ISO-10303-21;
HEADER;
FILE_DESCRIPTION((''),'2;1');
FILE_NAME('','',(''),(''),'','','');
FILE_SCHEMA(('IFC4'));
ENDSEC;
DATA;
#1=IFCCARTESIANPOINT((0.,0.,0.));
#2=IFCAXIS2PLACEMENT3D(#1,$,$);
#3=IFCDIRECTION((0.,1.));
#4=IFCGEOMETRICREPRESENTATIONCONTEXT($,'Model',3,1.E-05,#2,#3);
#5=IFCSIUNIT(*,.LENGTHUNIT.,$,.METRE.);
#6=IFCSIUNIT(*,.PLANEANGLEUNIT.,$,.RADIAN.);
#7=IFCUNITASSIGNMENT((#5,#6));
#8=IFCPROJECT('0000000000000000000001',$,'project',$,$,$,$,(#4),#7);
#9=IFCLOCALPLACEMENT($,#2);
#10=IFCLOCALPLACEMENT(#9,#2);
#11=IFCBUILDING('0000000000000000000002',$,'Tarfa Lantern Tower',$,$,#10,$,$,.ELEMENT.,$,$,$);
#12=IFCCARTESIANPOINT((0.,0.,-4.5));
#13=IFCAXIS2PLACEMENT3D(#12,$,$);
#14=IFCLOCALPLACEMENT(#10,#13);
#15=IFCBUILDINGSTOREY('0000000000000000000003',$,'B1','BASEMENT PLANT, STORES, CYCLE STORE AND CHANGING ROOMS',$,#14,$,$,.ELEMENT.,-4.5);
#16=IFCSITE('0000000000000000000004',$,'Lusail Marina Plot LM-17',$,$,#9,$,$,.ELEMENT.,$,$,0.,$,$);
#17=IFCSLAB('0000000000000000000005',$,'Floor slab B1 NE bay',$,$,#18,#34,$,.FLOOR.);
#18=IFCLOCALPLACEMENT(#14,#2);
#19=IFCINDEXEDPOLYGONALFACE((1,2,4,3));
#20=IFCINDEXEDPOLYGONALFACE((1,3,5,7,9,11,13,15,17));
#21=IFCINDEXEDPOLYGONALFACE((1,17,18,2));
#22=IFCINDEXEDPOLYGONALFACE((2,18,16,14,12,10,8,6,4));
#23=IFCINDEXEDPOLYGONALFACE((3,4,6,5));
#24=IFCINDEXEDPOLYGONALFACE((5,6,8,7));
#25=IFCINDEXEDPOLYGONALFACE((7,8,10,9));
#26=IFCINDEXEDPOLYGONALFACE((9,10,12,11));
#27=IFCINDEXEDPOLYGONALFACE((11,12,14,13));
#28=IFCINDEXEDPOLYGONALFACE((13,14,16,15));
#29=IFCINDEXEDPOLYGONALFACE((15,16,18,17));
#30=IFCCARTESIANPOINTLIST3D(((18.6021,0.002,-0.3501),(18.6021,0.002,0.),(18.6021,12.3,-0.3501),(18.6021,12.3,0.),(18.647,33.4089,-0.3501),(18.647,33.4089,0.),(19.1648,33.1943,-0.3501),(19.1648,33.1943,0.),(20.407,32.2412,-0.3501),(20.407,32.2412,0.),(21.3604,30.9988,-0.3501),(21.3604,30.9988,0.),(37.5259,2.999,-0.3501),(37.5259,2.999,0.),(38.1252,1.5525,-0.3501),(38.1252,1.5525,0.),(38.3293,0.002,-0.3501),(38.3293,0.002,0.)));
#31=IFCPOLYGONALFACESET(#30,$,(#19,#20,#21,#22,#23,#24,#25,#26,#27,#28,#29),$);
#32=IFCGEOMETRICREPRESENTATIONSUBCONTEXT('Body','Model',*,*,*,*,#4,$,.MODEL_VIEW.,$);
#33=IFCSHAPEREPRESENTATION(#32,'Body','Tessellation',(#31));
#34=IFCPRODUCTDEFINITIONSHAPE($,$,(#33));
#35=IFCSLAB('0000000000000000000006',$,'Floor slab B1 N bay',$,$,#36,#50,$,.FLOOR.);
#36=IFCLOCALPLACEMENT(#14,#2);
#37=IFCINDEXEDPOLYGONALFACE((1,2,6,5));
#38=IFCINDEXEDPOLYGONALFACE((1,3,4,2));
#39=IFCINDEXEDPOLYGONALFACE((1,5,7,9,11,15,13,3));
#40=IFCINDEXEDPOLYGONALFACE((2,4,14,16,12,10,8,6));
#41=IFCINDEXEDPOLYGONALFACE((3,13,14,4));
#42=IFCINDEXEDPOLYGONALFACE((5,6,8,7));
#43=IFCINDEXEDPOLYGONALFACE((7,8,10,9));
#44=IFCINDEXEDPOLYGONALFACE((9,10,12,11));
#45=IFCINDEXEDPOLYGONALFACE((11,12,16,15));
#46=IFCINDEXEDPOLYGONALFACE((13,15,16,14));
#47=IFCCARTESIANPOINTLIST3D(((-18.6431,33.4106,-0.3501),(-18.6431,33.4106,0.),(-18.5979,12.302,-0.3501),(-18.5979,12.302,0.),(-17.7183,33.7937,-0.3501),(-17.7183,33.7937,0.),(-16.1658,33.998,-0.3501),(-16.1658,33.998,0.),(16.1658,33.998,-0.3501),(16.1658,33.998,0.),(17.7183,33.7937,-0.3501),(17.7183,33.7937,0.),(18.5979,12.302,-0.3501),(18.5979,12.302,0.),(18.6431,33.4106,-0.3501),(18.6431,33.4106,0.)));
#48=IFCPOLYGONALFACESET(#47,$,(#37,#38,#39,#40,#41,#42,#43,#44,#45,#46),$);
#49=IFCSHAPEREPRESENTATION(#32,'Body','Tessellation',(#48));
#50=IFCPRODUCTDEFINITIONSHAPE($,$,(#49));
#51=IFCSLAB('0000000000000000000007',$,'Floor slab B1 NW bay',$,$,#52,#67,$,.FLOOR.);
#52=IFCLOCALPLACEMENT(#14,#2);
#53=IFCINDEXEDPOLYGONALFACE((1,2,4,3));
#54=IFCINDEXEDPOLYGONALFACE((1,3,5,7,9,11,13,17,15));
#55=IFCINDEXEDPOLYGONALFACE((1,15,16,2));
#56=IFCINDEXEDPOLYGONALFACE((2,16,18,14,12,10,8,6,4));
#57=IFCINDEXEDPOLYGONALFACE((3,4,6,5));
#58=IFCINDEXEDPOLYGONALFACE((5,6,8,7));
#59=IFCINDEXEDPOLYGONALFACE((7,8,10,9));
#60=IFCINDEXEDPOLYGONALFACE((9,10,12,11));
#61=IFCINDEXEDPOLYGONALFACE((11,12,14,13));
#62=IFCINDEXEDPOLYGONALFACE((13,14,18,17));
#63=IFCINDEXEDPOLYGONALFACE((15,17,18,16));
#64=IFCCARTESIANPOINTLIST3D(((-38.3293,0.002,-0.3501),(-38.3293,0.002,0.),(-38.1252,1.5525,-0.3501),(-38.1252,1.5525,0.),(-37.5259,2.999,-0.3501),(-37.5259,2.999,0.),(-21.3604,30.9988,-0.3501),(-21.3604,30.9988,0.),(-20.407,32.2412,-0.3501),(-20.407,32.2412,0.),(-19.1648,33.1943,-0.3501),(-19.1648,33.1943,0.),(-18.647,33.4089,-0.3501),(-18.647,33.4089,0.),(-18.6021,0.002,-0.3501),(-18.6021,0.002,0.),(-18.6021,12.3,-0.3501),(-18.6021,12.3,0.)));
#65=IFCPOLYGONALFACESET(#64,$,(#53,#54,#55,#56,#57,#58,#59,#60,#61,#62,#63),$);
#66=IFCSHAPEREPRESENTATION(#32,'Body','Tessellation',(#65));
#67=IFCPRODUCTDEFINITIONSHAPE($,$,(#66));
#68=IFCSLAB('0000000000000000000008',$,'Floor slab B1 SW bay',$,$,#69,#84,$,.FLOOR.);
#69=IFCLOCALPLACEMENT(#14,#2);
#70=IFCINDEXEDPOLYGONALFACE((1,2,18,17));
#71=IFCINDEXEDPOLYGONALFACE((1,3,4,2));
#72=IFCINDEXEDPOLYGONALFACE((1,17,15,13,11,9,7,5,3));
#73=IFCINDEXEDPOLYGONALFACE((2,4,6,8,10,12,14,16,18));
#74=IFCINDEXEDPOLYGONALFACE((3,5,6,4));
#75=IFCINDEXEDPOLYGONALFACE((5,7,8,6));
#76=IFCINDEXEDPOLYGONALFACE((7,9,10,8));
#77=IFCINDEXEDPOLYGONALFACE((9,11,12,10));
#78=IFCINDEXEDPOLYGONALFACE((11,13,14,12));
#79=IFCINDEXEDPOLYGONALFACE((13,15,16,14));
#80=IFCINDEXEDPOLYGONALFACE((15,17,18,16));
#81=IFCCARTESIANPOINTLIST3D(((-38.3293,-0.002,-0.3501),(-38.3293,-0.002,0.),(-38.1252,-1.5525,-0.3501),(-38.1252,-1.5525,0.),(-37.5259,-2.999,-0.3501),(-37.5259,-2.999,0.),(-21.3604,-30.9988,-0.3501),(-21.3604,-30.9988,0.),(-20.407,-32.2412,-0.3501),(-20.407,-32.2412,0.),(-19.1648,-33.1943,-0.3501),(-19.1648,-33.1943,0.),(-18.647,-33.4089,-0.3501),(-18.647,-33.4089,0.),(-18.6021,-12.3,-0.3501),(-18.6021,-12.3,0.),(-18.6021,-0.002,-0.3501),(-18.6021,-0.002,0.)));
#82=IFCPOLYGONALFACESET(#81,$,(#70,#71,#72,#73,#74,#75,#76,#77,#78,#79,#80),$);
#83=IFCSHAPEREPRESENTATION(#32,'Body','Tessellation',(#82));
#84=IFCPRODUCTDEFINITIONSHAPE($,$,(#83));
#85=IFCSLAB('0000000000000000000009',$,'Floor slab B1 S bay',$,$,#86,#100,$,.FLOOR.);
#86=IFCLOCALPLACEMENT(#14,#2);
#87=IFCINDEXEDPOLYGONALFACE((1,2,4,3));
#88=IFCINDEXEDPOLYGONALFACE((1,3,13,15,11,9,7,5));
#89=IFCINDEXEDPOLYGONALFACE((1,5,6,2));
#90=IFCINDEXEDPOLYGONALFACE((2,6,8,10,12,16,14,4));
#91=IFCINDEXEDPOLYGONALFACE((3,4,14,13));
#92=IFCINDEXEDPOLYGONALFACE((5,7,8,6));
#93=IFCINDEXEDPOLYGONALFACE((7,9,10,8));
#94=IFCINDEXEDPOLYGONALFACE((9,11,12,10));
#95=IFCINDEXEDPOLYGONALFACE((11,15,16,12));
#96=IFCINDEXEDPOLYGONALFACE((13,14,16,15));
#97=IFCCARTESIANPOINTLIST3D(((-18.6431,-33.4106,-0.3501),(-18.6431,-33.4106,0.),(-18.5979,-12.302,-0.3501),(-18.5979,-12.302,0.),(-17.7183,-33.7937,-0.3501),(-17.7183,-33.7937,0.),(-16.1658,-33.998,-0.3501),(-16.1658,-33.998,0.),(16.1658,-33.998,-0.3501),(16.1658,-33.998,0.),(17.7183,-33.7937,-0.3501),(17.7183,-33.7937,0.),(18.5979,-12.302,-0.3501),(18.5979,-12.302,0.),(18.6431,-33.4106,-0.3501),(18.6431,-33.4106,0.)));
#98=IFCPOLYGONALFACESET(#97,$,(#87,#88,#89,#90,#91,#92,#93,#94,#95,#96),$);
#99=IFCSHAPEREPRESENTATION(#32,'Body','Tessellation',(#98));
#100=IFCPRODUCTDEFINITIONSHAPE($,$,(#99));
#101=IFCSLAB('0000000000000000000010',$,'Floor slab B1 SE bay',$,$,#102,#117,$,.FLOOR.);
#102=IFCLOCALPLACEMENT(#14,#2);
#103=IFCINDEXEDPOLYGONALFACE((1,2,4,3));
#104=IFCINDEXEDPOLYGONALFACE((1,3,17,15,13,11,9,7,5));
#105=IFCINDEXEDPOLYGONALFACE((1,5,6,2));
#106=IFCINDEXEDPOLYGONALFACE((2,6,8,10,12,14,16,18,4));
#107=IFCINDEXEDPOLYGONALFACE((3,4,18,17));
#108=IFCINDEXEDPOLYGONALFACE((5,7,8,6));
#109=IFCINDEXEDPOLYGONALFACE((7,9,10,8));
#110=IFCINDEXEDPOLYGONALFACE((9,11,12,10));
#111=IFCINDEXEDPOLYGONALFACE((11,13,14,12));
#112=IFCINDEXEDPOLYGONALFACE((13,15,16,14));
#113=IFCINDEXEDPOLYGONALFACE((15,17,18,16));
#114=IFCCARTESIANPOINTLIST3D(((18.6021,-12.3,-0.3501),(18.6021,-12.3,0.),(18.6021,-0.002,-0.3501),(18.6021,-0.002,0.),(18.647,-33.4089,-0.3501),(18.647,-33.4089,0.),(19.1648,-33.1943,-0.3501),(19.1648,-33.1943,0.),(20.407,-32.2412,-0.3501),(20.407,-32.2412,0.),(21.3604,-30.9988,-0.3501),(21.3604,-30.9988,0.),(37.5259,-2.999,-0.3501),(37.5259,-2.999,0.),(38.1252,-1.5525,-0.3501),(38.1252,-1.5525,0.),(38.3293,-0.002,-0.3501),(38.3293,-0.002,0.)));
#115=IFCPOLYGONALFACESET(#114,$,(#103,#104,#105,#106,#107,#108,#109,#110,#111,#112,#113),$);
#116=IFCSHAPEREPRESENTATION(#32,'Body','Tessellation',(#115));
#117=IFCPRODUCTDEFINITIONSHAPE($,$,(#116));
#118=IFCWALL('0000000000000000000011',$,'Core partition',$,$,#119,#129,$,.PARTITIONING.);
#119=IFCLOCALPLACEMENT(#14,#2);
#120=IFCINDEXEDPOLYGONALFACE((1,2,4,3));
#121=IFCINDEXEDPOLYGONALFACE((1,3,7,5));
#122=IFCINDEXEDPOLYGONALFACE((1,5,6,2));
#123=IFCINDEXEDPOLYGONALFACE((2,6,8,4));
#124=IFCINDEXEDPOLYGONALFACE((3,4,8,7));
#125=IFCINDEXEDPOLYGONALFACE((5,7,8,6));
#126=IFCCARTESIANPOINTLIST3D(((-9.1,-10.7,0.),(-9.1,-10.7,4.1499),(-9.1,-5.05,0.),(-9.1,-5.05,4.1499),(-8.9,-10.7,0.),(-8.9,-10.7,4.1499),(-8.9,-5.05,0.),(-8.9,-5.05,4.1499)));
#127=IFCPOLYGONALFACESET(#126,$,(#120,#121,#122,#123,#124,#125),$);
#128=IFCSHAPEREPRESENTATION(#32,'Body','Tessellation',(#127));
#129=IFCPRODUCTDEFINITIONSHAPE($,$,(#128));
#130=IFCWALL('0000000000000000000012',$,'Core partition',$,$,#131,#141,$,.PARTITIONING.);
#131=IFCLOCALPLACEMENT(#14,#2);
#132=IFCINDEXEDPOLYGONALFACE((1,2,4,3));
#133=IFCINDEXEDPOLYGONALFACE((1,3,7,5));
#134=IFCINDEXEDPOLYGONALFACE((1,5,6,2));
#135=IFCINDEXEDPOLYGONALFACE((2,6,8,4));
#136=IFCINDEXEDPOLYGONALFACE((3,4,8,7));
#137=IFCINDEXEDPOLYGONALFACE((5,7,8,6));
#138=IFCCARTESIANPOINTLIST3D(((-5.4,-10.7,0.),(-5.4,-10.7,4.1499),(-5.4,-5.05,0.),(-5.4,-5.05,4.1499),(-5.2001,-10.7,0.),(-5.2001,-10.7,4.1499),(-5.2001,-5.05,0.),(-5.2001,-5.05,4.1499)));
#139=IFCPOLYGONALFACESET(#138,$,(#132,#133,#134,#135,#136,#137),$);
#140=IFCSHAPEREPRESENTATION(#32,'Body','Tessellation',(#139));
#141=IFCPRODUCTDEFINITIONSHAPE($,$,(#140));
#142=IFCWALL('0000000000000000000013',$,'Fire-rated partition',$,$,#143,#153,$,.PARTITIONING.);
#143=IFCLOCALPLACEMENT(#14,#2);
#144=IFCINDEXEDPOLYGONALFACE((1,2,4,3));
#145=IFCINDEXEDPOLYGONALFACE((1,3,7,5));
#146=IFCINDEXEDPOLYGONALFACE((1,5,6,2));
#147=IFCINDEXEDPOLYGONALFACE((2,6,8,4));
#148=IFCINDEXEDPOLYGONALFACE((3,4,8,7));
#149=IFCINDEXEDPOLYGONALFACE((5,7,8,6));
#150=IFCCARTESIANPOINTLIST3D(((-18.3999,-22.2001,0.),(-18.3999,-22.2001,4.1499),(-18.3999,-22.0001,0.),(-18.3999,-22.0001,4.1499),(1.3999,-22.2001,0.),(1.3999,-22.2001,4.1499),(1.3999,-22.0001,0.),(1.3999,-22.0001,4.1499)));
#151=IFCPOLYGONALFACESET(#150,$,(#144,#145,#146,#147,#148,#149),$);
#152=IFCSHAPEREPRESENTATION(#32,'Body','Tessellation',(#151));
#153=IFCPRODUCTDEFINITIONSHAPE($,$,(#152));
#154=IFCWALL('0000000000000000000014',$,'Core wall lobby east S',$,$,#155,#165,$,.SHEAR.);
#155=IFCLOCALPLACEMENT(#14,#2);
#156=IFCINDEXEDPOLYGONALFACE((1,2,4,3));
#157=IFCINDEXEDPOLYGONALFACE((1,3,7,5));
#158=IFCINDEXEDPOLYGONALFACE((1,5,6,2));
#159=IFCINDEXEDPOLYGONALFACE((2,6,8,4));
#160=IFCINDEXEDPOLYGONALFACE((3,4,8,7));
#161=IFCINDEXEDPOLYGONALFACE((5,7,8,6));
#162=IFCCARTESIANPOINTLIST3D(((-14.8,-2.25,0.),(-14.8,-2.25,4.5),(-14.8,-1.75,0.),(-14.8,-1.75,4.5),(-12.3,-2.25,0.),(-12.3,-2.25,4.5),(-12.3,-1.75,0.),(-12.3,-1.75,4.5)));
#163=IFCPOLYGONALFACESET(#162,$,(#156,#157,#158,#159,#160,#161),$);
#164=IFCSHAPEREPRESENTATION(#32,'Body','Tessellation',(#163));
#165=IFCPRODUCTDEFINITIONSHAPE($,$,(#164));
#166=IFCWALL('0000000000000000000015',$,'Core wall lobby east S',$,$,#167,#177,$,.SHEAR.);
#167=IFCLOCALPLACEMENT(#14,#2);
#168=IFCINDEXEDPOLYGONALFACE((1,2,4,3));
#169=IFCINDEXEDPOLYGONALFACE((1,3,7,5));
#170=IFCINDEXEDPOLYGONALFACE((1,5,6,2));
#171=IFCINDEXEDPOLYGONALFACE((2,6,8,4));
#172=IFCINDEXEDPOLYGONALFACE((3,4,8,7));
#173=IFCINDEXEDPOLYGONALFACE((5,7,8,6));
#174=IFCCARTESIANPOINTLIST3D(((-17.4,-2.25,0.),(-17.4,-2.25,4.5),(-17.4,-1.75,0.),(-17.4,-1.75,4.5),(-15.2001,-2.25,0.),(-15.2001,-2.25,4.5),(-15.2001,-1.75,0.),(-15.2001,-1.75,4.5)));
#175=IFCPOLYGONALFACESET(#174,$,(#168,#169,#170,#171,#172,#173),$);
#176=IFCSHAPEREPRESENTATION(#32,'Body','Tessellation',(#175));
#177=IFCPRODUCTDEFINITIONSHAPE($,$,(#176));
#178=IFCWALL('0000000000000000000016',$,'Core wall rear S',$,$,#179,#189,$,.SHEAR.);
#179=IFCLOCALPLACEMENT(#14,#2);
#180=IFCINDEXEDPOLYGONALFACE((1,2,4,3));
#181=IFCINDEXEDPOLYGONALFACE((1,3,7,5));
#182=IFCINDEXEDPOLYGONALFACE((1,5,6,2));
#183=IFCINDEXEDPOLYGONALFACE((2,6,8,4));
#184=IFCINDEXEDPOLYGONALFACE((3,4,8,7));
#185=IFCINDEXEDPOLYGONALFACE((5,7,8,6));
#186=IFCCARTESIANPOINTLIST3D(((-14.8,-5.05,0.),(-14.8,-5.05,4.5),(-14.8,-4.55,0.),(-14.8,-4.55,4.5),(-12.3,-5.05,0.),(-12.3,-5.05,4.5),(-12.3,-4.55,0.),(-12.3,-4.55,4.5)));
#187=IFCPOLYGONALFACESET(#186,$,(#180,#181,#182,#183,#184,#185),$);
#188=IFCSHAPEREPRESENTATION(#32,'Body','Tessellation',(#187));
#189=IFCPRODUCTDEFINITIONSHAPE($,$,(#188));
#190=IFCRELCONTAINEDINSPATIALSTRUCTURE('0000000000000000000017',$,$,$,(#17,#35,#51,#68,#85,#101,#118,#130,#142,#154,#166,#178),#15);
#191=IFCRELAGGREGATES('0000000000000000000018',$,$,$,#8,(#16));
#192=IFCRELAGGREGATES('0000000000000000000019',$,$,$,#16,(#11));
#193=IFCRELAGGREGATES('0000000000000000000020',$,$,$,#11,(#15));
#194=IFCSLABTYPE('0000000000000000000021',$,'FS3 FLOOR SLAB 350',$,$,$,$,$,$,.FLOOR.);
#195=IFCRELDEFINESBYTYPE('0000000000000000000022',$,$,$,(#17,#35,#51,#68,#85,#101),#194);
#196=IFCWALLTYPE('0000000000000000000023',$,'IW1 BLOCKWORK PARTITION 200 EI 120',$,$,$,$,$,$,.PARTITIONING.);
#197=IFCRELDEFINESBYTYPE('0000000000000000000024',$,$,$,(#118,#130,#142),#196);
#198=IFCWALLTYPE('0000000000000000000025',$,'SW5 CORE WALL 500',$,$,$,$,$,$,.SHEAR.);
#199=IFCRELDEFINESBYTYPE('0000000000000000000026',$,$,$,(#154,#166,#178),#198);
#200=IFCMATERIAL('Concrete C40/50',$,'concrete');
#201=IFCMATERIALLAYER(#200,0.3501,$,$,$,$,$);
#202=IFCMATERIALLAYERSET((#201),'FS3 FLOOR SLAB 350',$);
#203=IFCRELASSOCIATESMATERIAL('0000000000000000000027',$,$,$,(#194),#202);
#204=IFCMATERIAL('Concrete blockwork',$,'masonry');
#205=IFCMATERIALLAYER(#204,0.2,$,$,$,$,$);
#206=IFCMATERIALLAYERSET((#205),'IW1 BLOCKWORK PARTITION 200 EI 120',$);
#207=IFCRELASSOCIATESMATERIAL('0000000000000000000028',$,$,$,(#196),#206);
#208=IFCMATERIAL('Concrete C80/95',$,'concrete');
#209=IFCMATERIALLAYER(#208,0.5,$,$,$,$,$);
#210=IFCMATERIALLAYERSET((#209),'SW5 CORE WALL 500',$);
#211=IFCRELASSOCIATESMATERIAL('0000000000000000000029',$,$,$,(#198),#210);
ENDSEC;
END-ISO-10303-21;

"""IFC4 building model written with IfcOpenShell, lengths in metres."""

from ifc_helpers import new_model, si_unit, direction, frame, frame_2d, origin, place, context, subcontext, project, spatial, polyline, rectangle, outline, extrude, material, layer, layer_set, type_object, element, save


model = new_model("IFC4")

# Units and contexts
model_context = context("Model", 3, precision=1e-05, world=origin(), true_north=direction((0.0, 1.0)))
body_context = subcontext(model_context, "Body", "Model", "MODEL_VIEW")
ifc_project = project(units=[si_unit("LENGTHUNIT", "METRE"), si_unit("PLANEANGLEUNIT", "RADIAN")], contexts=[model_context])

# Site, building, storey
site_placement = place(None, origin())
site = spatial("IfcSite", under=ifc_project, at=site_placement, Name="Lusail Marina Plot LM-17", CompositionType="ELEMENT", RefElevation=0.0)
building_placement = place(site_placement, origin())
building = spatial("IfcBuilding", under=site, at=building_placement, Name="Tarfa Lantern Tower", CompositionType="ELEMENT")
storey_placement = place(building_placement, frame((0.0, 0.0, -4.5)))
storey = spatial("IfcBuildingStorey", under=building, at=storey_placement, Name="B1", Description="BASEMENT PLANT, STORES, CYCLE STORE AND CHANGING ROOMS", CompositionType="ELEMENT", Elevation=-4.5)

# Shared definitions
ifc_material_1 = material(Name="Concrete C80/95", Category="concrete")

# Slabs
ifc_material_2 = material(Name="Concrete C40/50", Category="concrete")
ifc_layer_1 = layer(ifc_material_2, 0.3501)
ifc_layer_set_1 = layer_set([ifc_layer_1], Name="FS3 FLOOR SLAB 350")
slab_type = type_object("IfcSlabType", Name="FS3 FLOOR SLAB 350", PredefinedType="FLOOR", material=ifc_layer_set_1)
slab_1_placement = place(storey_placement, frame((0.0, 0.0, -0.3501)))
element("IfcSlab", 1, at=slab_1_placement, inside=storey, type_object=slab_type, Name="Floor slab B1 NE bay", PredefinedType="FLOOR", context=body_context, shape_type="SweptSolid", body=[
    extrude(outline(polyline([(37.5259, 2.999), (21.3604, 30.9988), (20.407, 32.2412), (19.1648, 33.1943), (18.647, 33.4089), (18.6021, 12.3), (18.6021, 0.002), (38.3293, 0.002), (38.1252, 1.5525), (37.5259, 2.999)])), origin(), (0.0, 0.0, 1.0), 0.3501),
])
slab_2_placement = place(storey_placement, frame((0.0, 0.0, -0.3501)))
element("IfcSlab", 2, at=slab_2_placement, inside=storey, type_object=slab_type, Name="Floor slab B1 N bay", PredefinedType="FLOOR", context=body_context, shape_type="SweptSolid", body=[
    extrude(outline(polyline([(-18.5979, 12.302), (18.5979, 12.302), (18.6431, 33.4106), (17.7183, 33.7937), (16.1658, 33.998), (-16.1658, 33.998), (-17.7183, 33.7937), (-18.6431, 33.4106), (-18.5979, 12.302)])), origin(), (0.0, 0.0, 1.0), 0.3501),
])
slab_3_placement = place(storey_placement, frame((0.0, 0.0, -0.3501)))
element("IfcSlab", 3, at=slab_3_placement, inside=storey, type_object=slab_type, Name="Floor slab B1 NW bay", PredefinedType="FLOOR", context=body_context, shape_type="SweptSolid", body=[
    extrude(outline(polyline([(-18.6021, 0.002), (-18.6021, 12.3), (-18.647, 33.4089), (-19.1648, 33.1943), (-20.407, 32.2412), (-21.3604, 30.9988), (-37.5259, 2.999), (-38.1252, 1.5525), (-38.3293, 0.002), (-18.6021, 0.002)])), origin(), (0.0, 0.0, 1.0), 0.3501),
])
slab_4_placement = place(storey_placement, frame((0.0, 0.0, -0.3501)))
element("IfcSlab", 4, at=slab_4_placement, inside=storey, type_object=slab_type, Name="Floor slab B1 SW bay", PredefinedType="FLOOR", context=body_context, shape_type="SweptSolid", body=[
    extrude(outline(polyline([(-18.6021, -12.3), (-18.6021, -0.002), (-38.3293, -0.002), (-38.1252, -1.5525), (-37.5259, -2.999), (-21.3604, -30.9988), (-20.407, -32.2412), (-19.1648, -33.1943), (-18.647, -33.4089), (-18.6021, -12.3)])), origin(), (0.0, 0.0, 1.0), 0.3501),
])
slab_5_placement = place(storey_placement, frame((0.0, 0.0, -0.3501)))
element("IfcSlab", 5, at=slab_5_placement, inside=storey, type_object=slab_type, Name="Floor slab B1 S bay", PredefinedType="FLOOR", context=body_context, shape_type="SweptSolid", body=[
    extrude(outline(polyline([(18.5979, -12.302), (-18.5979, -12.302), (-18.6431, -33.4106), (-17.7183, -33.7937), (-16.1658, -33.998), (16.1658, -33.998), (17.7183, -33.7937), (18.6431, -33.4106), (18.5979, -12.302)])), origin(), (0.0, 0.0, 1.0), 0.3501),
])
slab_6_placement = place(storey_placement, frame((0.0, 0.0, -0.3501)))
element("IfcSlab", 6, at=slab_6_placement, inside=storey, type_object=slab_type, Name="Floor slab B1 SE bay", PredefinedType="FLOOR", context=body_context, shape_type="SweptSolid", body=[
    extrude(outline(polyline([(18.6021, -0.002), (18.6021, -12.3), (18.647, -33.4089), (19.1648, -33.1943), (20.407, -32.2412), (21.3604, -30.9988), (37.5259, -2.999), (38.1252, -1.5525), (38.3293, -0.002), (18.6021, -0.002)])), origin(), (0.0, 0.0, 1.0), 0.3501),
])

# Walls
ifc_material_3 = material(Name="Concrete blockwork", Category="masonry")
ifc_layer_2 = layer(ifc_material_3, 0.2)
ifc_layer_set_2 = layer_set([ifc_layer_2], Name="IW1 BLOCKWORK PARTITION 200 EI 120")
wall_type_1 = type_object("IfcWallType", Name="IW1 BLOCKWORK PARTITION 200 EI 120", PredefinedType="PARTITIONING", material=ifc_layer_set_2)
for number, where, z_axis, x_axis, name in (
    (7, (-9.0, -5.05, 0.0), (0.0, 0.0, 1.0), (0.0, -1.0, 0.0), "Core partition"),
    (8, (-5.3, -5.05, 0.0), (0.0, 0.0, 1.0), (0.0, -1.0, 0.0), "Core partition"),
):
    element("IfcWall", number, at=place(storey_placement, frame(where, z_axis=z_axis, x_axis=x_axis)), inside=storey, type_object=wall_type_1, Name=name, PredefinedType="PARTITIONING", context=body_context, shape_type="SweptSolid", body=[
        extrude(rectangle(XDim=5.6499, YDim=0.2, at=frame_2d((2.825, 0.0))), origin(), (0.0, 0.0, 1.0), 4.1499),
    ])
wall_1_placement = place(storey_placement, frame((-18.3999, -22.1001, 0.0), z_axis=(0.0, 0.0, 1.0), x_axis=(1.0, 0.0, 0.0)))
element("IfcWall", 9, at=wall_1_placement, inside=storey, type_object=wall_type_1, Name="Fire-rated partition", PredefinedType="PARTITIONING", context=body_context, shape_type="SweptSolid", body=[
    extrude(rectangle(XDim=19.7998, YDim=0.2, at=frame_2d((9.8999, 0.0))), origin(), (0.0, 0.0, 1.0), 4.1499),
])
ifc_layer_3 = layer(ifc_material_1, 0.5)
ifc_layer_set_3 = layer_set([ifc_layer_3], Name="SW5 CORE WALL 500")
wall_type_2 = type_object("IfcWallType", Name="SW5 CORE WALL 500", PredefinedType="SHEAR", material=ifc_layer_set_3)
wall_2_placement = place(storey_placement, frame((-12.3, -2.0, 0.0), z_axis=(0.0, 0.0, 1.0), x_axis=(-1.0, 0.0, 0.0)))
element("IfcWall", 10, at=wall_2_placement, inside=storey, type_object=wall_type_2, Name="Core wall lobby east S", PredefinedType="SHEAR", context=body_context, shape_type="SweptSolid", body=[
    extrude(rectangle(XDim=2.5, YDim=0.5, at=frame_2d((1.25, 0.0))), origin(), (0.0, 0.0, 1.0), 4.5),
])
wall_3_placement = place(storey_placement, frame((-15.2, -2.0, 0.0), z_axis=(0.0, 0.0, 1.0), x_axis=(-1.0, 0.0, 0.0)))
element("IfcWall", 11, at=wall_3_placement, inside=storey, type_object=wall_type_2, Name="Core wall lobby east S", PredefinedType="SHEAR", context=body_context, shape_type="SweptSolid", body=[
    extrude(rectangle(XDim=2.2, YDim=0.5, at=frame_2d((1.1001, 0.0))), origin(), (0.0, 0.0, 1.0), 4.5),
])
wall_4_placement = place(storey_placement, frame((-12.3, -4.8, 0.0), z_axis=(0.0, 0.0, 1.0), x_axis=(-1.0, 0.0, 0.0)))
element("IfcWall", 12, at=wall_4_placement, inside=storey, type_object=wall_type_2, Name="Core wall rear S", PredefinedType="SHEAR", context=body_context, shape_type="SweptSolid", body=[
    extrude(rectangle(XDim=2.5, YDim=0.5, at=frame_2d((1.25, 0.0))), origin(), (0.0, 0.0, 1.0), 4.5),
])

save(model, "model.ifc")
